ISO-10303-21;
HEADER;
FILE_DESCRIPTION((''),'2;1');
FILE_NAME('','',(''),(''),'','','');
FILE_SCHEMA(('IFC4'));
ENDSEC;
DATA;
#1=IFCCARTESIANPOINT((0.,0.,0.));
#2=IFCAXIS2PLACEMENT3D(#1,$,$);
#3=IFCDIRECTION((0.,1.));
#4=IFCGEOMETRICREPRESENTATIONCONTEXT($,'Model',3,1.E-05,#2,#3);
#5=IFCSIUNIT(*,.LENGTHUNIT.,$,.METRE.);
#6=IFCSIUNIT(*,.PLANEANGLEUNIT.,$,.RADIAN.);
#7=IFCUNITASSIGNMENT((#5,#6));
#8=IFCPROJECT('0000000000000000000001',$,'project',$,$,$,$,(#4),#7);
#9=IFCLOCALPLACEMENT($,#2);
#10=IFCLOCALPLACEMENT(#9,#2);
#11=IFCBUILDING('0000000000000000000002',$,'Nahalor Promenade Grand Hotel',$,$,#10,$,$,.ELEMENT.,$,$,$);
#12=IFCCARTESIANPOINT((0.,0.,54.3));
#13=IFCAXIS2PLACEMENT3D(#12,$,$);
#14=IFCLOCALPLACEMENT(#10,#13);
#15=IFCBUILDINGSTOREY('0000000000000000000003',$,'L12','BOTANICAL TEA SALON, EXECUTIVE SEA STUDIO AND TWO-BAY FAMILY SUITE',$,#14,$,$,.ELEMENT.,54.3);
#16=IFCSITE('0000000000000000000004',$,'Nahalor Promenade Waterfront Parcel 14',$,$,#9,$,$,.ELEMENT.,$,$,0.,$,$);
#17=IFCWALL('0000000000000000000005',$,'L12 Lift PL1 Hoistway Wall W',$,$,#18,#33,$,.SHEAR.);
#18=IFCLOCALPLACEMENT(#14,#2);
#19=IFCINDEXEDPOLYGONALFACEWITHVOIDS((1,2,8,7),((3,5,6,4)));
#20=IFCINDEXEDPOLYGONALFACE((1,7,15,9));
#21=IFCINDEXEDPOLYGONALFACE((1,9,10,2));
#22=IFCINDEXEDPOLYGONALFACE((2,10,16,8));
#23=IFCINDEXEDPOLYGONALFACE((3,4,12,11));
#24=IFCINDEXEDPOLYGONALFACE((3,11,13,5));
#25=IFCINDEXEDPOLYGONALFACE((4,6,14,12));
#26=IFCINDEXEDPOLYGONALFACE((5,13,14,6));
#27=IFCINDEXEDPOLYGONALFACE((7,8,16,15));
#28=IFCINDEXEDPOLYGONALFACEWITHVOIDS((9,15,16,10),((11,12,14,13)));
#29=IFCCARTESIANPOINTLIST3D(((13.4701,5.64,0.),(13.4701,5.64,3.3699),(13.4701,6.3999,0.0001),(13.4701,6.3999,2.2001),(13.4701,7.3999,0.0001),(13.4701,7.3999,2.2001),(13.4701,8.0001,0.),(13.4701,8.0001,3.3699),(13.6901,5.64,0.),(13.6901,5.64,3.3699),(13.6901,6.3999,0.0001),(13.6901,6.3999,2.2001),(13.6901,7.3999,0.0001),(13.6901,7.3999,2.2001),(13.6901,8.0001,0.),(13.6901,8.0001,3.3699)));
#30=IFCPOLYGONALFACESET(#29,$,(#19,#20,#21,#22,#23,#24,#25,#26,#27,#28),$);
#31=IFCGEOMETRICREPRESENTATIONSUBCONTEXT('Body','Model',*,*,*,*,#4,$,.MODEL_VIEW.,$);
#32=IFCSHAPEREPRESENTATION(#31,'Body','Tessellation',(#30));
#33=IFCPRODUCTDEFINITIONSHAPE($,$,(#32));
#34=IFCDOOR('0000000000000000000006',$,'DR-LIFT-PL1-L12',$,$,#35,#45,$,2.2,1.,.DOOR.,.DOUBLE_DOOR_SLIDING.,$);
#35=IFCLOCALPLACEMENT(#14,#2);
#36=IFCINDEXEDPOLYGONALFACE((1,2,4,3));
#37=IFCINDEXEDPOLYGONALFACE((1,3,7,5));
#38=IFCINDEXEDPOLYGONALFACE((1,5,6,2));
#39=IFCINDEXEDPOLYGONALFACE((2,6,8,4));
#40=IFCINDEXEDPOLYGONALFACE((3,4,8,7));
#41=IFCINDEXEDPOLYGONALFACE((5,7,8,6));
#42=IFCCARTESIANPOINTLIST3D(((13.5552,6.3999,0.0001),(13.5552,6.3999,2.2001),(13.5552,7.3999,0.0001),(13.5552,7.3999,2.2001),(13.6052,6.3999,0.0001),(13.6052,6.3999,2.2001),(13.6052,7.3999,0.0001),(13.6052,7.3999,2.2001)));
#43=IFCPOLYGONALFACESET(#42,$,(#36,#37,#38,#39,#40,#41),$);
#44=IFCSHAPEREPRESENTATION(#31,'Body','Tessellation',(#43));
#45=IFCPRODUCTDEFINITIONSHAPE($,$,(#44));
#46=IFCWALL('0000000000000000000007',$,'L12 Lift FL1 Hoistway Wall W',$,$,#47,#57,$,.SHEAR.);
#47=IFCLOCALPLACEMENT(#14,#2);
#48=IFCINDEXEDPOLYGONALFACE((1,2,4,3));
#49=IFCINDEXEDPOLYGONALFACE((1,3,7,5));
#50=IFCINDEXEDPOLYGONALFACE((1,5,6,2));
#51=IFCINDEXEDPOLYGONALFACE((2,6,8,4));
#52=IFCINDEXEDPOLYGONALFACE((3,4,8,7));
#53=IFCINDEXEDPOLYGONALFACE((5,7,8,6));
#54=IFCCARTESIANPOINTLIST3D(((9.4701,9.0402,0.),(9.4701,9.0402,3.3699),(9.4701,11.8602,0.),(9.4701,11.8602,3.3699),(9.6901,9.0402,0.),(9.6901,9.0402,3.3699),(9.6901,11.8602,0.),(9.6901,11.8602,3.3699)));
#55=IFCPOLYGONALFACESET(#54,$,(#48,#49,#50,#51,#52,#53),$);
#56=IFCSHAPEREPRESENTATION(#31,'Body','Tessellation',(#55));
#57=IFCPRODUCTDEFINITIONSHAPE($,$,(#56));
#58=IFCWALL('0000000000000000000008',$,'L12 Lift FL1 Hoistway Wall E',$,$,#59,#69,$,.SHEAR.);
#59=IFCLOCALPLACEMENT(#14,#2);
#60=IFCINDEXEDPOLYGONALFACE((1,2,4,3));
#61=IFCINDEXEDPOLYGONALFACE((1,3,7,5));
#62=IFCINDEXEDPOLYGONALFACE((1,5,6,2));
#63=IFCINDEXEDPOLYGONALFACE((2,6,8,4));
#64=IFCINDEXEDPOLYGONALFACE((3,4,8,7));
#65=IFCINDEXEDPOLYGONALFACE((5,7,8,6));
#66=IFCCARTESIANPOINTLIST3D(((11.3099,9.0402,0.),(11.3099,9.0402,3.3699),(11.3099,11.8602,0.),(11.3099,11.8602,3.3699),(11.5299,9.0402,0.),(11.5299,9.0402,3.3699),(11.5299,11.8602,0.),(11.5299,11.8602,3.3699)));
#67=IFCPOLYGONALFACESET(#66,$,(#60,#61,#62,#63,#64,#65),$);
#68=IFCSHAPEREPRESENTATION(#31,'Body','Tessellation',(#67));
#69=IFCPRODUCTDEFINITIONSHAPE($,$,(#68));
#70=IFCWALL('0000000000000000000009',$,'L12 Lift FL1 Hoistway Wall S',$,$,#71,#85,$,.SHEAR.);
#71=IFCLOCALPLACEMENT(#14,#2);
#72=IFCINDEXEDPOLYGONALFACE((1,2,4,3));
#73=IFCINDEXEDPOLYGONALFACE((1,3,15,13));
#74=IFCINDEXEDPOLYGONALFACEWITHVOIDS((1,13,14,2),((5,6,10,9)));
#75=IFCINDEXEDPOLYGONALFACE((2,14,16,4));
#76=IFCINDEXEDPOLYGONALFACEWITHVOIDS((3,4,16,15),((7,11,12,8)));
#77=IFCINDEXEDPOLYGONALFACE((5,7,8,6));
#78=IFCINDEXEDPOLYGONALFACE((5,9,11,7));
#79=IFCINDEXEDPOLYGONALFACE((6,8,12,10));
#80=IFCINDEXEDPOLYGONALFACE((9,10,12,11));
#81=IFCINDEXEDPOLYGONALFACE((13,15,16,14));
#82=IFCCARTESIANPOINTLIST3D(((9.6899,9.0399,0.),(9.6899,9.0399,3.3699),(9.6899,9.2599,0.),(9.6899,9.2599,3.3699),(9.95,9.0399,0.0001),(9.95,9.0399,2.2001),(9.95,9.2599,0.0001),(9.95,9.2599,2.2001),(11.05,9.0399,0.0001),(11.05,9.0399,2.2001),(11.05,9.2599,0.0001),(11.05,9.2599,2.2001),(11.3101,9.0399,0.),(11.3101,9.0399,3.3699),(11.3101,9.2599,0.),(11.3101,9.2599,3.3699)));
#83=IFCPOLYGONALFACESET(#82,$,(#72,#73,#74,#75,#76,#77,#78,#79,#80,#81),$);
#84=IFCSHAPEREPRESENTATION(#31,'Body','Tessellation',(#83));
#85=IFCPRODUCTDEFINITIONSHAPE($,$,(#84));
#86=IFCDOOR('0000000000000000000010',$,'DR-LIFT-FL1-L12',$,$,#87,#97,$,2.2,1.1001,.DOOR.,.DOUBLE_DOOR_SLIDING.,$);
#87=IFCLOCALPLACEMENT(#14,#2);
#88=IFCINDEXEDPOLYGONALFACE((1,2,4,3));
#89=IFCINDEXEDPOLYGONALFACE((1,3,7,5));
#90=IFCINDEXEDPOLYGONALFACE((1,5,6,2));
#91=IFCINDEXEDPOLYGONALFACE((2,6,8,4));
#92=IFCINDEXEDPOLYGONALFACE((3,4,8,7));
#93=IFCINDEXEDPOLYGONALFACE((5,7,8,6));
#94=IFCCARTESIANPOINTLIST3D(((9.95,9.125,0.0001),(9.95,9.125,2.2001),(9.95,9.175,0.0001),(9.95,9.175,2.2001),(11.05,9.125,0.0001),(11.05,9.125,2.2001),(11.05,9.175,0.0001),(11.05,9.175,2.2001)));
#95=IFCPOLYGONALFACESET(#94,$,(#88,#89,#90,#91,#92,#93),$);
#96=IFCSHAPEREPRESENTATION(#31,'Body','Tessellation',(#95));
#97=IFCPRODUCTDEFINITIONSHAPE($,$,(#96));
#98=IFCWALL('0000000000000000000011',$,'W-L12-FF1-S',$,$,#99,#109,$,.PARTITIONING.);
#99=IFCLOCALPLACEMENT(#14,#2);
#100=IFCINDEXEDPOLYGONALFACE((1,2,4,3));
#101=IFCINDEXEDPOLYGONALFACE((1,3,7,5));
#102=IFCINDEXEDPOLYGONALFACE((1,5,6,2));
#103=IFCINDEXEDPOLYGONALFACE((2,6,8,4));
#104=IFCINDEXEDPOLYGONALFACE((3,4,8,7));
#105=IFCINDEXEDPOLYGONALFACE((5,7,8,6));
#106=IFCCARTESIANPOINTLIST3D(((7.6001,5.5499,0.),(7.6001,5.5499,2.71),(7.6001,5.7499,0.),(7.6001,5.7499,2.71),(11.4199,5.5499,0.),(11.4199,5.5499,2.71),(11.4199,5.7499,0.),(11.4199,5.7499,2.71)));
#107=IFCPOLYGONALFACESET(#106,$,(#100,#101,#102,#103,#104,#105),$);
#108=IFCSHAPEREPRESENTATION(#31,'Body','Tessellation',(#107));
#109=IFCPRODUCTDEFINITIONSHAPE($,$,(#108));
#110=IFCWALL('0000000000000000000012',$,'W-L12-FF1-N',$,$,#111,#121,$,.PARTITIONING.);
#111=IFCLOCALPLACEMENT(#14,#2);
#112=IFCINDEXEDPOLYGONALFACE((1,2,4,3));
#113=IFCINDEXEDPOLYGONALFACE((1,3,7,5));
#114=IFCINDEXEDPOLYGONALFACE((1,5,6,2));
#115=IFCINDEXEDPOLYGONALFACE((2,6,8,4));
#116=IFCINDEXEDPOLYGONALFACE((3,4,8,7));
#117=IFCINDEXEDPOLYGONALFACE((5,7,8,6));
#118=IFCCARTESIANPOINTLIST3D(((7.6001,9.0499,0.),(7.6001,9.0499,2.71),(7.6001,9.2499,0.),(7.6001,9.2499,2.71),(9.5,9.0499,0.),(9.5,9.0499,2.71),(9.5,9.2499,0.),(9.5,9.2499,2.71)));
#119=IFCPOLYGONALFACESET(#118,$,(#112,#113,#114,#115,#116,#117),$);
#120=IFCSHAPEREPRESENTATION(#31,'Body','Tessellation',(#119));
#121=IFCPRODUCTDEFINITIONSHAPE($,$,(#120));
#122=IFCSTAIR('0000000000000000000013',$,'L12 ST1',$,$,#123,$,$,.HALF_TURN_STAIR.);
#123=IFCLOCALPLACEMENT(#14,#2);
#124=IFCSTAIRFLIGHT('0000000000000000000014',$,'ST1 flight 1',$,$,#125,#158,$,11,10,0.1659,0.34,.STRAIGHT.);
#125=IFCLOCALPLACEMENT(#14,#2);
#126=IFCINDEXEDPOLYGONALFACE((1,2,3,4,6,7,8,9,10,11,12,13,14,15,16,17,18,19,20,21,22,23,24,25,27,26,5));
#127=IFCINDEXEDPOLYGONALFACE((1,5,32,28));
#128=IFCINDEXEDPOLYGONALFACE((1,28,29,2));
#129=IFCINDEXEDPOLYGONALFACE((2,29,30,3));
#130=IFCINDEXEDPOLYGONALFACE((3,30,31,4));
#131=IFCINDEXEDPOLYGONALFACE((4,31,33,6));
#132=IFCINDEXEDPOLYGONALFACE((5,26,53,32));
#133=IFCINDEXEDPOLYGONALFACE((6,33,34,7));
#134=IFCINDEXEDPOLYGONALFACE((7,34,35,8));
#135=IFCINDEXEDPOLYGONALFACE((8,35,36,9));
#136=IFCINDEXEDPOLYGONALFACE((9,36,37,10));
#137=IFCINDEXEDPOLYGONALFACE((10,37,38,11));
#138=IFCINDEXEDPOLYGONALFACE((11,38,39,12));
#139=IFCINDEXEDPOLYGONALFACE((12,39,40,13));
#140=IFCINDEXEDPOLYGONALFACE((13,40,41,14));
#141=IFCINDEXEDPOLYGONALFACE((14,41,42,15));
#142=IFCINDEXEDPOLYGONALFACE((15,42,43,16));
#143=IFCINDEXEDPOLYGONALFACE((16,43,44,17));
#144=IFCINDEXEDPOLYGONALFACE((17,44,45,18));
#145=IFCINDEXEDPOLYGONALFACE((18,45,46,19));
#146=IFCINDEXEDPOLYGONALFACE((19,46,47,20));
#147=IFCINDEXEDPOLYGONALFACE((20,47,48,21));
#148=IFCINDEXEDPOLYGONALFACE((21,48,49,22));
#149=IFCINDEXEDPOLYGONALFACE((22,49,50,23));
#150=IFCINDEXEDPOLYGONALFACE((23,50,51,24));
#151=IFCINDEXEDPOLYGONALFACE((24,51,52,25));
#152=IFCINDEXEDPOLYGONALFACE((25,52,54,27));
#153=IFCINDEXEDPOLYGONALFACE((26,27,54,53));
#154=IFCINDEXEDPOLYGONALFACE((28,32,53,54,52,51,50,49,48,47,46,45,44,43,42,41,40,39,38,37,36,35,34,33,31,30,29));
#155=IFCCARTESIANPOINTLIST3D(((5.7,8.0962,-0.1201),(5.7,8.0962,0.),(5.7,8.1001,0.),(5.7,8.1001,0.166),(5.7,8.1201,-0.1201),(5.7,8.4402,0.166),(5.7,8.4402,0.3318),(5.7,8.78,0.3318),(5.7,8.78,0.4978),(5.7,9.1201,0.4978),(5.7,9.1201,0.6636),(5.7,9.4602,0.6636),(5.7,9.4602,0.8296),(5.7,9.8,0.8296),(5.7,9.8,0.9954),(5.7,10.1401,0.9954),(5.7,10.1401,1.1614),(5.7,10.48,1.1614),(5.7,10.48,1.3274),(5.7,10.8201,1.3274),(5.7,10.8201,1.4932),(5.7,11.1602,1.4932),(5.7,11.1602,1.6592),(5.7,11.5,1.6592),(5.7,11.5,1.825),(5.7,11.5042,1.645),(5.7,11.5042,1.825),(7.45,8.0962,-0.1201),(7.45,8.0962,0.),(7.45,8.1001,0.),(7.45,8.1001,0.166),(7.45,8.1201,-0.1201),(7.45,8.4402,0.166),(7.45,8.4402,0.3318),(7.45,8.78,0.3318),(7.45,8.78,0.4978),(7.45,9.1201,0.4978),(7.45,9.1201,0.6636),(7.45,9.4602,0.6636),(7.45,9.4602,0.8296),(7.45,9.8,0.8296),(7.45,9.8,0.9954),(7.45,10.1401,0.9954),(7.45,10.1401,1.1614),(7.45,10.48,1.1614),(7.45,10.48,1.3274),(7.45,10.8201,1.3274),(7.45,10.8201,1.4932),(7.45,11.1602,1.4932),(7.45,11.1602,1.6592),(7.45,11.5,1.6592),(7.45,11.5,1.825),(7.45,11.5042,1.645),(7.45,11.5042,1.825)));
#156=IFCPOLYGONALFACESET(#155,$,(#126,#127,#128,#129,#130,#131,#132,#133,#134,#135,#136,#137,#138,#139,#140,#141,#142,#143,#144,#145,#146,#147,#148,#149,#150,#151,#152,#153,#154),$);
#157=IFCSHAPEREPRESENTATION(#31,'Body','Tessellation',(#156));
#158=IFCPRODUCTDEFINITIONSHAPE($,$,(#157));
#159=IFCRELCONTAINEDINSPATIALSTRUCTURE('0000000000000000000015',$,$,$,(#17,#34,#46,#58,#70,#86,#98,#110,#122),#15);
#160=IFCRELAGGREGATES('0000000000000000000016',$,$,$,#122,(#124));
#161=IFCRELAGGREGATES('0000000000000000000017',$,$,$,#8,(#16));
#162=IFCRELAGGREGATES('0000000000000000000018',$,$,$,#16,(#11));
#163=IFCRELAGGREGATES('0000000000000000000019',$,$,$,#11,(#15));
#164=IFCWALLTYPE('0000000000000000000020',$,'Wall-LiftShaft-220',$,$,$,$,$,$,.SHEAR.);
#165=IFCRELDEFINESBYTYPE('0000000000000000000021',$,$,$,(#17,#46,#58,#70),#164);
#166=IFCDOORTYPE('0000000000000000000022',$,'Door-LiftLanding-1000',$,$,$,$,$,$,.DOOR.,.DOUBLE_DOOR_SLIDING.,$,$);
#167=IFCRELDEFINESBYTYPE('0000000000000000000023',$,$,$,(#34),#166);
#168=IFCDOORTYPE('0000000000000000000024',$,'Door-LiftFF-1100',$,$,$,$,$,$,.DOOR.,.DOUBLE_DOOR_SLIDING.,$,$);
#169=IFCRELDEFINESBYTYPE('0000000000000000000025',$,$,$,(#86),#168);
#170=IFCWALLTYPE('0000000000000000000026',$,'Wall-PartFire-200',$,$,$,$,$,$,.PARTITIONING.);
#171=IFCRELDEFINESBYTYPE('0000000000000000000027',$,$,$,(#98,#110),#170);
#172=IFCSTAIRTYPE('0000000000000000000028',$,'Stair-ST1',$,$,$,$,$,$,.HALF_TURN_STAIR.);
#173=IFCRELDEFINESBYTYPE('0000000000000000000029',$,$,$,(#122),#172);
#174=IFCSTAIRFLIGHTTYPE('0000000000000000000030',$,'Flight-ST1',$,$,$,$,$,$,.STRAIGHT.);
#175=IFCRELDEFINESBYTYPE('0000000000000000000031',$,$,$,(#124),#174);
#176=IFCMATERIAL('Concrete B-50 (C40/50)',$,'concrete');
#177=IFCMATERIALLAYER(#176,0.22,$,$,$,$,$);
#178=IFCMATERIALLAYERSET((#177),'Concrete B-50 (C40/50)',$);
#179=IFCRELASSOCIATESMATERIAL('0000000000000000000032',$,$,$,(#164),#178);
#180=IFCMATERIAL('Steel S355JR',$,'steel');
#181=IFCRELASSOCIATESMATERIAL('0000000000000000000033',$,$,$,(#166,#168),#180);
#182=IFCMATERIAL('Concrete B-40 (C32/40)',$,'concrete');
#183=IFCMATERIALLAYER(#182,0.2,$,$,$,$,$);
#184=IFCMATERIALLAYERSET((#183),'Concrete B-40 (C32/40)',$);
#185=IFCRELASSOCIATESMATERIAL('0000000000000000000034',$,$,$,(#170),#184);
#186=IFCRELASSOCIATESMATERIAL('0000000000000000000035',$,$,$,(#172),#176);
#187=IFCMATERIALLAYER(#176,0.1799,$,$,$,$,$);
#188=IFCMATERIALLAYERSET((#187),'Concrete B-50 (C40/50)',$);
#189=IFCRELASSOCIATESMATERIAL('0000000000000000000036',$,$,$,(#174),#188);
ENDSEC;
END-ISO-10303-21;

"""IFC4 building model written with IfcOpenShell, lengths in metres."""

from ifc_helpers import new_model, si_unit, direction, frame, frame_2d, origin, place, context, subcontext, project, spatial, polyline, rectangle, outline, extrude, source, transform, mapped, material, layer, layer_set, type_object, element, fill, aggregate, save


model = new_model("IFC4")

# Units and contexts
model_context = context("Model", 3, precision=1e-05, world=origin(), true_north=direction((0.0, 1.0)))
body_context = subcontext(model_context, "Body", "Model", "MODEL_VIEW")
ifc_project = project(units=[si_unit("LENGTHUNIT", "METRE"), si_unit("PLANEANGLEUNIT", "RADIAN")], contexts=[model_context])

# Site, building, storey
site_placement = place(None, origin())
site = spatial("IfcSite", under=ifc_project, at=site_placement, Name="Nahalor Promenade Waterfront Parcel 14", CompositionType="ELEMENT", RefElevation=0.0)
building_placement = place(site_placement, origin())
building = spatial("IfcBuilding", under=site, at=building_placement, Name="Nahalor Promenade Grand Hotel", CompositionType="ELEMENT")
storey_placement = place(building_placement, frame((0.0, 0.0, 54.3)))
storey = spatial("IfcBuildingStorey", under=building, at=storey_placement, Name="L12", Description="BOTANICAL TEA SALON, EXECUTIVE SEA STUDIO AND TWO-BAY FAMILY SUITE", CompositionType="ELEMENT", Elevation=54.3)

# Shared definitions
ifc_material_1 = material(Name="Steel S355JR", Category="steel")

# Wall, opening, door
ifc_material_2 = material(Name="Concrete B-50 (C40/50)", Category="concrete")
ifc_layer_1 = layer(ifc_material_2, 0.22)
ifc_layer_set_1 = layer_set([ifc_layer_1], Name="Concrete B-50 (C40/50)")
wall_type_1 = type_object("IfcWallType", Name="Wall-LiftShaft-220", PredefinedType="SHEAR", material=ifc_layer_set_1)
shared_shape_1 = source(origin(), body_context, "Body", "SweptSolid", [
    extrude(rectangle(XDim=2.3601, YDim=0.22, at=frame_2d((1.1802, 0.0))), origin(), (0.0, 0.0, 1.0), 3.3699),
])
wall_1_placement = place(storey_placement, frame((13.5801, 5.6399, 0.0), z_axis=(0.0, 0.0, 1.0), x_axis=(0.0, 1.0, 0.0)))
wall_1 = element("IfcWall", 1, at=wall_1_placement, inside=storey, type_object=wall_type_1, Name="L12 Lift PL1 Hoistway Wall W", PredefinedType="SHEAR", context=body_context, shape_type="MappedRepresentation", body=[
    mapped(shared_shape_1, transform((0.0, 0.0, 0.0), scale=1.0)),
])
opening_1_placement = place(wall_1_placement, frame((0.76, 0.0, 0.0)))
opening_1 = element("IfcOpeningElement", 2, at=opening_1_placement, cuts=wall_1, PredefinedType="OPENING", context=body_context, shape_type="SweptSolid", body=[
    extrude(rectangle(XDim=1.0, YDim=2.2, at=frame_2d((0.5, 1.1001))), frame((0.0, 0.1199, 0.0), z_axis=(0.0, -1.0, 0.0), x_axis=(1.0, 0.0, 0.0)), (0.0, 0.0, 1.0), 0.24),
])
door_type_1 = type_object("IfcDoorType", Name="Door-LiftLanding-1000", OperationType="DOUBLE_DOOR_SLIDING", PredefinedType="DOOR", material=ifc_material_1)
shared_shape_2 = source(origin(), body_context, "Body", "SweptSolid", [
    extrude(rectangle(XDim=1.0, YDim=2.2, at=frame_2d((0.5, 1.1001))), frame((0.0, 0.0249, 0.0), z_axis=(0.0, -1.0, 0.0), x_axis=(1.0, 0.0, 0.0)), (0.0, 0.0, 1.0), 0.05),
])
door_1_placement = place(opening_1_placement, origin())
door_1 = element("IfcDoor", 3, at=door_1_placement, inside=storey, type_object=door_type_1, Name="DR-LIFT-PL1-L12", OperationType="DOUBLE_DOOR_SLIDING", OverallHeight=2.2, OverallWidth=1.0, PredefinedType="DOOR", context=body_context, shape_type="MappedRepresentation", body=[
    mapped(shared_shape_2, transform((0.0, 0.0, 0.0), scale=1.0)),
])
fill(opening_1, door_1)

# Walls
shared_shape_3 = source(origin(), body_context, "Body", "SweptSolid", [
    extrude(rectangle(XDim=2.8201, YDim=0.22, at=frame_2d((1.4102, 0.0))), origin(), (0.0, 0.0, 1.0), 3.3699),
])
for number, where, z_axis, x_axis, name in (
    (4, (9.5801, 9.04, 0.0), (0.0, 0.0, 1.0), (0.0, 1.0, 0.0), "L12 Lift FL1 Hoistway Wall W"),
    (5, (11.4199, 9.04, 0.0), (0.0, 0.0, 1.0), (0.0, 1.0, 0.0), "L12 Lift FL1 Hoistway Wall E"),
):
    element("IfcWall", number, at=place(storey_placement, frame(where, z_axis=z_axis, x_axis=x_axis)), inside=storey, type_object=wall_type_1, Name=name, PredefinedType="SHEAR", context=body_context, shape_type="MappedRepresentation", body=[
        mapped(shared_shape_3, transform((0.0, 0.0, 0.0), scale=1.0)),
    ])

# Wall, opening, door
shared_shape_4 = source(origin(), body_context, "Body", "SweptSolid", [
    extrude(rectangle(XDim=1.6201, YDim=0.22, at=frame_2d((0.8101, 0.0))), origin(), (0.0, 0.0, 1.0), 3.3699),
])
wall_2_placement = place(storey_placement, frame((9.6899, 9.1499, 0.0), z_axis=(0.0, 0.0, 1.0), x_axis=(1.0, 0.0, 0.0)))
wall_2 = element("IfcWall", 6, at=wall_2_placement, inside=storey, type_object=wall_type_1, Name="L12 Lift FL1 Hoistway Wall S", PredefinedType="SHEAR", context=body_context, shape_type="MappedRepresentation", body=[
    mapped(shared_shape_4, transform((0.0, 0.0, 0.0), scale=1.0)),
])
opening_2_placement = place(wall_2_placement, frame((0.26, 0.0, 0.0)))
opening_2 = element("IfcOpeningElement", 7, at=opening_2_placement, cuts=wall_2, PredefinedType="OPENING", context=body_context, shape_type="SweptSolid", body=[
    extrude(rectangle(XDim=1.1001, YDim=2.2, at=frame_2d((0.55, 1.1001))), frame((0.0, 0.1199, 0.0), z_axis=(0.0, -1.0, 0.0), x_axis=(1.0, 0.0, 0.0)), (0.0, 0.0, 1.0), 0.24),
])
door_type_2 = type_object("IfcDoorType", Name="Door-LiftFF-1100", OperationType="DOUBLE_DOOR_SLIDING", PredefinedType="DOOR", material=ifc_material_1)
shared_shape_5 = source(origin(), body_context, "Body", "SweptSolid", [
    extrude(rectangle(XDim=1.1001, YDim=2.2, at=frame_2d((0.55, 1.1001))), frame((0.0, 0.0249, 0.0), z_axis=(0.0, -1.0, 0.0), x_axis=(1.0, 0.0, 0.0)), (0.0, 0.0, 1.0), 0.05),
])
door_2_placement = place(opening_2_placement, frame((1.1001, 0.0, 0.0), z_axis=(0.0, 0.0, 1.0), x_axis=(-1.0, 0.0, 0.0)))
door_2 = element("IfcDoor", 8, at=door_2_placement, inside=storey, type_object=door_type_2, Name="DR-LIFT-FL1-L12", OperationType="DOUBLE_DOOR_SLIDING", OverallHeight=2.2, OverallWidth=1.1001, PredefinedType="DOOR", context=body_context, shape_type="MappedRepresentation", body=[
    mapped(shared_shape_5, transform((0.0, 0.0, 0.0), scale=1.0)),
])
fill(opening_2, door_2)

# Walls
ifc_material_3 = material(Name="Concrete B-40 (C32/40)", Category="concrete")
ifc_layer_2 = layer(ifc_material_3, 0.2)
ifc_layer_set_2 = layer_set([ifc_layer_2], Name="Concrete B-40 (C32/40)")
wall_type_2 = type_object("IfcWallType", Name="Wall-PartFire-200", PredefinedType="PARTITIONING", material=ifc_layer_set_2)
shared_shape_6 = source(origin(), body_context, "Body", "SweptSolid", [
    extrude(rectangle(XDim=3.8198, YDim=0.2, at=frame_2d((1.9099, 0.0))), origin(), (0.0, 0.0, 1.0), 2.71),
])
wall_3_placement = place(storey_placement, frame((7.6001, 5.6499, 0.0), z_axis=(0.0, 0.0, 1.0), x_axis=(1.0, 0.0, 0.0)))
element("IfcWall", 9, at=wall_3_placement, inside=storey, type_object=wall_type_2, Name="W-L12-FF1-S", PredefinedType="PARTITIONING", context=body_context, shape_type="MappedRepresentation", body=[
    mapped(shared_shape_6, transform((0.0, 0.0, 0.0), scale=1.0)),
])
shared_shape_7 = source(origin(), body_context, "Body", "SweptSolid", [
    extrude(rectangle(XDim=1.8999, YDim=0.2, at=frame_2d((0.95, 0.0))), origin(), (0.0, 0.0, 1.0), 2.71),
])
wall_4_placement = place(storey_placement, frame((7.6001, 9.1499, 0.0), z_axis=(0.0, 0.0, 1.0), x_axis=(1.0, 0.0, 0.0)))
element("IfcWall", 10, at=wall_4_placement, inside=storey, type_object=wall_type_2, Name="W-L12-FF1-N", PredefinedType="PARTITIONING", context=body_context, shape_type="MappedRepresentation", body=[
    mapped(shared_shape_7, transform((0.0, 0.0, 0.0), scale=1.0)),
])

# Stair, stair flight
stair_type = type_object("IfcStairType", Name="Stair-ST1", PredefinedType="HALF_TURN_STAIR", material=ifc_material_2)
stair_placement = place(storey_placement, origin())
stair = element("IfcStair", 11, at=stair_placement, inside=storey, type_object=stair_type, Name="L12 ST1", PredefinedType="HALF_TURN_STAIR")
ifc_layer_3 = layer(ifc_material_2, 0.1799)
ifc_layer_set_3 = layer_set([ifc_layer_3], Name="Concrete B-50 (C40/50)")
stair_flight_type = type_object("IfcStairFlightType", Name="Flight-ST1", PredefinedType="STRAIGHT", material=ifc_layer_set_3)
shared_shape_8 = source(origin(), body_context, "Body", "SweptSolid", [
    extrude(outline(polyline([(-0.0039, -0.1201), (-0.0039, 0.0), (0.0, 0.0), (0.0, 0.166), (0.3401, 0.166), (0.3401, 0.3318), (0.6799, 0.3318), (0.6799, 0.4978), (1.02, 0.4978), (1.02, 0.6636), (1.3601, 0.6636), (1.3601, 0.8296), (1.7, 0.8296), (1.7, 0.9954), (2.04, 0.9954), (2.04, 1.1614), (2.3799, 1.1614), (2.3799, 1.3274), (2.72, 1.3274), (2.72, 1.4932), (3.0601, 1.4932), (3.0601, 1.6592), (3.3999, 1.6592), (3.3999, 1.825), (3.4041, 1.825), (3.4041, 1.645), (0.02, -0.1201), (-0.0039, -0.1201)])), frame((0.0, 0.875, 0.0), z_axis=(0.0, -1.0, 0.0), x_axis=(1.0, 0.0, 0.0)), (0.0, 0.0, 1.0), 1.75),
])
stair_flight_placement = place(storey_placement, frame((6.575, 8.1001, 0.0), z_axis=(0.0, 0.0, 1.0), x_axis=(0.0, 1.0, 0.0)))
stair_flight = element("IfcStairFlight", 12, at=stair_flight_placement, type_object=stair_flight_type, Name="ST1 flight 1", NumberOfRisers=11, NumberOfTreads=10, PredefinedType="STRAIGHT", RiserHeight=0.1659, TreadLength=0.34, context=body_context, shape_type="MappedRepresentation", body=[
    mapped(shared_shape_8, transform((0.0, 0.0, 0.0), scale=1.0)),
])
aggregate(stair, [stair_flight])

save(model, "model.ifc")
